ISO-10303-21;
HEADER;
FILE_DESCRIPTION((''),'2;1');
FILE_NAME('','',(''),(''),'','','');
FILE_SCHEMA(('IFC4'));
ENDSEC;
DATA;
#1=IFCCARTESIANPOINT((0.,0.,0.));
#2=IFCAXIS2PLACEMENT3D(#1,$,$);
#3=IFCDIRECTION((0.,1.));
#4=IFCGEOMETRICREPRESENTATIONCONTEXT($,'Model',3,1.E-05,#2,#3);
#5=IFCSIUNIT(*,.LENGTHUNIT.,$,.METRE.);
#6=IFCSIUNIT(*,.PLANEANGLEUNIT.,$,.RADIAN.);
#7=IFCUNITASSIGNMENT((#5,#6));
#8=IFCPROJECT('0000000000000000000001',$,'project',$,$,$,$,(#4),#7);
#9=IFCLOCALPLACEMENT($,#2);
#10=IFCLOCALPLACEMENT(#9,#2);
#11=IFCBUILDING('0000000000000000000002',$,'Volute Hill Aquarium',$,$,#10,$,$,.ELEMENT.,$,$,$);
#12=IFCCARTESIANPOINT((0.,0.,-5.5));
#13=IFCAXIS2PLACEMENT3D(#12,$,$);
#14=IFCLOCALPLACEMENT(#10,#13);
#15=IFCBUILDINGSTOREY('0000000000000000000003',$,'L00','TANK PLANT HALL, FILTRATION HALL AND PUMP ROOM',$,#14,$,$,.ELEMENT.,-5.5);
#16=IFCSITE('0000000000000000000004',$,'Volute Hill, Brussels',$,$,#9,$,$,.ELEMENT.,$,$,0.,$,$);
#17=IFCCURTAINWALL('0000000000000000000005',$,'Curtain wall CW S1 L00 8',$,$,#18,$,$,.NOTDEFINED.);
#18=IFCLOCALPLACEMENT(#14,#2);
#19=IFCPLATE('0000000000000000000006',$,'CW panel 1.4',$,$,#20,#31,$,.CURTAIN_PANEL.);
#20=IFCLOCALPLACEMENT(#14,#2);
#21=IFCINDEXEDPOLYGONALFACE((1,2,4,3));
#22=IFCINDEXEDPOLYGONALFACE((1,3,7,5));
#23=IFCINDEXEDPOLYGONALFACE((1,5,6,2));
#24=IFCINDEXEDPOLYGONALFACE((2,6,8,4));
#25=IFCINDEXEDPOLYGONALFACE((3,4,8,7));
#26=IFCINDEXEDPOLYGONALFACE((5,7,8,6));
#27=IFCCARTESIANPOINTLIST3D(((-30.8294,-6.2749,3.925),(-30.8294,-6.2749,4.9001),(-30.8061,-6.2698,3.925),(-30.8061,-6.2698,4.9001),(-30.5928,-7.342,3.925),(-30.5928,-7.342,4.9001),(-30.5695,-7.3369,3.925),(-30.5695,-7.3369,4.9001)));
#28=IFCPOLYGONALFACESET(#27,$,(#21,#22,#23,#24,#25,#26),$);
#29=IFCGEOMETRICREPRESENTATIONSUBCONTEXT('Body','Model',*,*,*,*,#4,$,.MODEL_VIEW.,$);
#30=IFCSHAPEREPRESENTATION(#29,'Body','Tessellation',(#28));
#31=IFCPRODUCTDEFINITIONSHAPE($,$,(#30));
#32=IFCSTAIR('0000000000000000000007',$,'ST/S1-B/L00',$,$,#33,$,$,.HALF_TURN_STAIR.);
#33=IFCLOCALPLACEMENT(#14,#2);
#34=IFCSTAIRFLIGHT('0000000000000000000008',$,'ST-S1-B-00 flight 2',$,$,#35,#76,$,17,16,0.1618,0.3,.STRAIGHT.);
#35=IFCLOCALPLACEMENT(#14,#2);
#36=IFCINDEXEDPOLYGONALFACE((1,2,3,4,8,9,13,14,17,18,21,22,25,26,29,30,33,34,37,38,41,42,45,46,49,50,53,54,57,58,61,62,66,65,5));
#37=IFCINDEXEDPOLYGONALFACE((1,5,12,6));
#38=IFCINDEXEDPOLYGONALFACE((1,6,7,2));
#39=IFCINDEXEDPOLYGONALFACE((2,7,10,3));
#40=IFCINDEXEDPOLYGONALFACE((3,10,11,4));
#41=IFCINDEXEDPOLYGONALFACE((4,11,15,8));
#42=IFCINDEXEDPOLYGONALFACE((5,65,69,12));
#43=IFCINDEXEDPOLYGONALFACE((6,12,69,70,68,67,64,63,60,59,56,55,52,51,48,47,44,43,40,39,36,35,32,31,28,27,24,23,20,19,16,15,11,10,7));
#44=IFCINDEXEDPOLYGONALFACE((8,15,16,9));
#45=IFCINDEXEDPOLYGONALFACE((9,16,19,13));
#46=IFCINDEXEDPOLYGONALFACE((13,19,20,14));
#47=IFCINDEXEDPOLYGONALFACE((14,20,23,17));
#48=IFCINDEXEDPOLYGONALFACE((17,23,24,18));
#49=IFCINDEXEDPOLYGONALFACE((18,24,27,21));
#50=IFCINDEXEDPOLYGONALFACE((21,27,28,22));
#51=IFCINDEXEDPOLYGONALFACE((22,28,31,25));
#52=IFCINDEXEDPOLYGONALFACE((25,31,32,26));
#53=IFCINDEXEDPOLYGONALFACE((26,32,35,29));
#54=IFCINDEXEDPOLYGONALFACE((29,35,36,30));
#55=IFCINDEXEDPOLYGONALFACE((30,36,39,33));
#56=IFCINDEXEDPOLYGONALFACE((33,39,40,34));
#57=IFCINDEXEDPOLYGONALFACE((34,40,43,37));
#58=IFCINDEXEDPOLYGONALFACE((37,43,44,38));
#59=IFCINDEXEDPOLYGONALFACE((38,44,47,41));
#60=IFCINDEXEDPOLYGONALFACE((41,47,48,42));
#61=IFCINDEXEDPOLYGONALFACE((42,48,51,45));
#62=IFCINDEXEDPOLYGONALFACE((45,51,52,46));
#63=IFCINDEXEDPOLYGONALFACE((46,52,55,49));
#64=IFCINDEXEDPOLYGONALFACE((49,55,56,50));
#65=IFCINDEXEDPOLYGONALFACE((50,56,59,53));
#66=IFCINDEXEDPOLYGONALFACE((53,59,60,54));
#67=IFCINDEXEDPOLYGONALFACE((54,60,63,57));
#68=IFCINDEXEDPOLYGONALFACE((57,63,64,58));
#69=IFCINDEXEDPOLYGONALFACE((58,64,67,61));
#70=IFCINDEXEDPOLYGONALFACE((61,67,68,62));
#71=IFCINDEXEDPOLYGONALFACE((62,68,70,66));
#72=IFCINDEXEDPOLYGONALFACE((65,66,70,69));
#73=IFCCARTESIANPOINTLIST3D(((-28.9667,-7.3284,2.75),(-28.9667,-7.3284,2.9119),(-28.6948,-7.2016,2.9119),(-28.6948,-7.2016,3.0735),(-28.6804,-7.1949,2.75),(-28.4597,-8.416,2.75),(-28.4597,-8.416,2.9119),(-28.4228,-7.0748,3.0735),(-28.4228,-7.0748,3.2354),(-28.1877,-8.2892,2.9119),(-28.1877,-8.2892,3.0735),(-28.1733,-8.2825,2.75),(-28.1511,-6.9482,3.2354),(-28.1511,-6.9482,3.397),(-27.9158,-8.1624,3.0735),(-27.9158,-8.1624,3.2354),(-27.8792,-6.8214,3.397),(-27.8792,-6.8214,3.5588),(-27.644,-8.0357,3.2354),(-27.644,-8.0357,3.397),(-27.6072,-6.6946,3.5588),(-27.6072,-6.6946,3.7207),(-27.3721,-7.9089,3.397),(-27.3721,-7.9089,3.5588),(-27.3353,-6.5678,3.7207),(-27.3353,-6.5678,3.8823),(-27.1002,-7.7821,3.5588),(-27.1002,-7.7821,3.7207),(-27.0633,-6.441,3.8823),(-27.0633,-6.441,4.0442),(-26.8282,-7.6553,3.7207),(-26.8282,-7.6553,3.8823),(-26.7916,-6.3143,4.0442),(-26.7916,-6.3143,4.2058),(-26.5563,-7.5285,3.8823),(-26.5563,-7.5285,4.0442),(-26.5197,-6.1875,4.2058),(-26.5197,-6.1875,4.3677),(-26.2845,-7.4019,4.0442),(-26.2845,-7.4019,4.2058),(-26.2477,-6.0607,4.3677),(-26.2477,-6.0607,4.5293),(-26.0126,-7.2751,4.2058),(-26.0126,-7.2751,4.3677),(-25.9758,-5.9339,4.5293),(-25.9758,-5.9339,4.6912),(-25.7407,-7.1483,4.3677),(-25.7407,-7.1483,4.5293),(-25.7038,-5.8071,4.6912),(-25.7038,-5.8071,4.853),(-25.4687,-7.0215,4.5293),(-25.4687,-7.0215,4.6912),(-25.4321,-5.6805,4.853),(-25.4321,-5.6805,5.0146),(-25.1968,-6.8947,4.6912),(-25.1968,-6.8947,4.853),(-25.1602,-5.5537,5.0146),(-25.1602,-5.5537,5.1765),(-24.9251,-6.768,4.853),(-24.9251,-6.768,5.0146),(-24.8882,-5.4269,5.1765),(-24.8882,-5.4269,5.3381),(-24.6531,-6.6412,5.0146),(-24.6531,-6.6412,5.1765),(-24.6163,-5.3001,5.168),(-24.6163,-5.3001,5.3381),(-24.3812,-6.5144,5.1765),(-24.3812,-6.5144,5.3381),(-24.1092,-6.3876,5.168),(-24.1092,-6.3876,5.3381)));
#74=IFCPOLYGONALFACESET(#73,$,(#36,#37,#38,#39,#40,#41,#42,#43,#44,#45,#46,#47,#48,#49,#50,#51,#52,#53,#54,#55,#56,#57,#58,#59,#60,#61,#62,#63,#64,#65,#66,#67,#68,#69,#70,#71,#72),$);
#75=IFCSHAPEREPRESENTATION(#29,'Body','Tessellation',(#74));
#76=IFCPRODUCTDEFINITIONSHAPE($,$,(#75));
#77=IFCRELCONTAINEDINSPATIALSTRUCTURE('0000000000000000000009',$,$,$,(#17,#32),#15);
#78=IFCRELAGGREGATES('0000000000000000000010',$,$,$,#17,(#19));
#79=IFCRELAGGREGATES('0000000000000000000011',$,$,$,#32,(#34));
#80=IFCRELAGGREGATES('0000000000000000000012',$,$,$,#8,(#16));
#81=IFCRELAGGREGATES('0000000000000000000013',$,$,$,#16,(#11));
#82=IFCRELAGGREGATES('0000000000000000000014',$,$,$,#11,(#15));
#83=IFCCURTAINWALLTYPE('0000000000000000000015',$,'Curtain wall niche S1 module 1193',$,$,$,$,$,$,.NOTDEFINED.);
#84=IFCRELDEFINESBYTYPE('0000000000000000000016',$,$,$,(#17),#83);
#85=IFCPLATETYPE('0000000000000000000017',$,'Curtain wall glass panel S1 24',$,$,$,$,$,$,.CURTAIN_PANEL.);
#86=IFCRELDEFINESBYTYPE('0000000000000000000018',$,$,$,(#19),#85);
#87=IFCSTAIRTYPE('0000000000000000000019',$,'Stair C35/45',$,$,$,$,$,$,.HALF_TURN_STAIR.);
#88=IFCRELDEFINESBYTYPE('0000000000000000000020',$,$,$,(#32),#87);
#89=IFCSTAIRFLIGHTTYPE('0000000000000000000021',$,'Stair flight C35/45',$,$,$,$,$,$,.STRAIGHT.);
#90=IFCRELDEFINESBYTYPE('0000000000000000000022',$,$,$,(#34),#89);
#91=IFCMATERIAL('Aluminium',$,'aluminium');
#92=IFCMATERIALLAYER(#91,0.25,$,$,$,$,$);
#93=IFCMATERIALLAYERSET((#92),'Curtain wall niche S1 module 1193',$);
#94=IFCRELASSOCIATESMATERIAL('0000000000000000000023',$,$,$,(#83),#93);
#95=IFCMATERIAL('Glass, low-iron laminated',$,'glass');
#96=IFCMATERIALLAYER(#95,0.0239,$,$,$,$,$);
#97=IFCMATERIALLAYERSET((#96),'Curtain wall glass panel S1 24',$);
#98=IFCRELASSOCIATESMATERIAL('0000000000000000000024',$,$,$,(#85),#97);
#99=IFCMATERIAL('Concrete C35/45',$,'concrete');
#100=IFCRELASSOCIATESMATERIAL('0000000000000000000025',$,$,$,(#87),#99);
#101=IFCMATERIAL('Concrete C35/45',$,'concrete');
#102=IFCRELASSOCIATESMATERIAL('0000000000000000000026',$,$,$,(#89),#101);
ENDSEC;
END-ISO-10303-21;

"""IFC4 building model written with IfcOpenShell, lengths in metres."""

from ifc_helpers import new_model, si_unit, direction, frame, origin, origin_2d, place, context, subcontext, project, spatial, polyline, rectangle, outline, extrude, material, layer, layer_set, type_object, element, aggregate, save


model = new_model("IFC4")

# Units and contexts
model_context = context("Model", 3, precision=1e-05, world=origin(), true_north=direction((0.0, 1.0)))
body_context = subcontext(model_context, "Body", "Model", "MODEL_VIEW")
ifc_project = project(units=[si_unit("LENGTHUNIT", "METRE"), si_unit("PLANEANGLEUNIT", "RADIAN")], contexts=[model_context])

# Site, building, storey
site_placement = place(None, origin())
site = spatial("IfcSite", under=ifc_project, at=site_placement, Name="Volute Hill, Brussels", CompositionType="ELEMENT", RefElevation=0.0)
building_placement = place(site_placement, origin())
building = spatial("IfcBuilding", under=site, at=building_placement, Name="Volute Hill Aquarium", CompositionType="ELEMENT")
storey_placement = place(building_placement, frame((0.0, 0.0, -5.5)))
storey = spatial("IfcBuildingStorey", under=building, at=storey_placement, Name="L00", Description="TANK PLANT HALL, FILTRATION HALL AND PUMP ROOM", CompositionType="ELEMENT", Elevation=-5.5)

# Curtain wall
ifc_material_1 = material(Name="Aluminium", Category="aluminium")
ifc_layer_1 = layer(ifc_material_1, 0.25)
ifc_layer_set_1 = layer_set([ifc_layer_1], Name="Curtain wall niche S1 module 1193")
curtain_wall_type = type_object("IfcCurtainWallType", Name="Curtain wall niche S1 module 1193", PredefinedType="NOTDEFINED", material=ifc_layer_set_1)
curtain_wall_placement = place(storey_placement, origin())
curtain_wall = element("IfcCurtainWall", 1, at=curtain_wall_placement, inside=storey, type_object=curtain_wall_type, Name="Curtain wall CW S1 L00 8", PredefinedType="NOTDEFINED")

# Plate
ifc_material_2 = material(Name="Glass, low-iron laminated", Category="glass")
ifc_layer_2 = layer(ifc_material_2, 0.0239)
ifc_layer_set_2 = layer_set([ifc_layer_2], Name="Curtain wall glass panel S1 24")
plate_type = type_object("IfcPlateType", Name="Curtain wall glass panel S1 24", PredefinedType="CURTAIN_PANEL", material=ifc_layer_set_2)
plate_1_placement = place(storey_placement, frame((-30.6995, -6.8059, 3.925), z_axis=(0.0, 0.0, 1.0), x_axis=(0.216456, -0.976292, 0.0)))
plate_1 = element("IfcPlate", 2, at=plate_1_placement, type_object=plate_type, Name="CW panel 1.4", PredefinedType="CURTAIN_PANEL", context=body_context, shape_type="SweptSolid", body=[
    extrude(rectangle(XDim=1.093, YDim=0.0239, at=origin_2d()), origin(), (0.0, 0.0, 1.0), 0.9751),
])
aggregate(curtain_wall, [plate_1])

# Stair, stair flight
ifc_material_3 = material(Name="Concrete C35/45", Category="concrete")
stair_type = type_object("IfcStairType", Name="Stair C35/45", PredefinedType="HALF_TURN_STAIR", material=ifc_material_3)
stair_placement = place(storey_placement, origin())
stair = element("IfcStair", 3, at=stair_placement, inside=storey, type_object=stair_type, Name="ST/S1-B/L00", PredefinedType="HALF_TURN_STAIR")
ifc_material_4 = material(Name="Concrete C35/45", Category="concrete")
stair_flight_type = type_object("IfcStairFlightType", Name="Stair flight C35/45", PredefinedType="STRAIGHT", material=ifc_material_4)
stair_flight_placement = place(storey_placement, frame((-28.7131, -7.8723, 2.75), z_axis=(0.0, 0.0, 1.0), x_axis=(0.906331, 0.422568, 0.0)))
stair_flight = element("IfcStairFlight", 4, at=stair_flight_placement, type_object=stair_flight_type, Name="ST-S1-B-00 flight 2", NumberOfRisers=17, NumberOfTreads=16, PredefinedType="STRAIGHT", RiserHeight=0.1618, TreadLength=0.3, context=body_context, shape_type="SweptSolid", body=[
    extrude(outline(polyline([(0.0, 0.0), (0.0, 0.1619), (0.3, 0.1619), (0.3, 0.3235), (0.6001, 0.3235), (0.6001, 0.4854), (0.8999, 0.4854), (0.8999, 0.647), (1.2, 0.647), (1.2, 0.8088), (1.5, 0.8088), (1.5, 0.9707), (1.8, 0.9707), (1.8, 1.1323), (2.1001, 1.1323), (2.1001, 1.2942), (2.3999, 1.2942), (2.3999, 1.4558), (2.7, 1.4558), (2.7, 1.6177), (3.0, 1.6177), (3.0, 1.7793), (3.3, 1.7793), (3.3, 1.9412), (3.6001, 1.9412), (3.6001, 2.103), (3.8999, 2.103), (3.8999, 2.2646), (4.2, 2.2646), (4.2, 2.4265), (4.5, 2.4265), (4.5, 2.5881), (4.8, 2.5881), (4.8, 2.75), (4.8, 2.418), (0.3159, 0.0), (0.0, 0.0)])), frame((0.0, 0.6001, 0.0), z_axis=(0.0, -1.0, 0.0), x_axis=(1.0, 0.0, 0.0)), (0.0, 0.0, 1.0), 1.2),
])
aggregate(stair, [stair_flight])

save(model, "model.ifc")
